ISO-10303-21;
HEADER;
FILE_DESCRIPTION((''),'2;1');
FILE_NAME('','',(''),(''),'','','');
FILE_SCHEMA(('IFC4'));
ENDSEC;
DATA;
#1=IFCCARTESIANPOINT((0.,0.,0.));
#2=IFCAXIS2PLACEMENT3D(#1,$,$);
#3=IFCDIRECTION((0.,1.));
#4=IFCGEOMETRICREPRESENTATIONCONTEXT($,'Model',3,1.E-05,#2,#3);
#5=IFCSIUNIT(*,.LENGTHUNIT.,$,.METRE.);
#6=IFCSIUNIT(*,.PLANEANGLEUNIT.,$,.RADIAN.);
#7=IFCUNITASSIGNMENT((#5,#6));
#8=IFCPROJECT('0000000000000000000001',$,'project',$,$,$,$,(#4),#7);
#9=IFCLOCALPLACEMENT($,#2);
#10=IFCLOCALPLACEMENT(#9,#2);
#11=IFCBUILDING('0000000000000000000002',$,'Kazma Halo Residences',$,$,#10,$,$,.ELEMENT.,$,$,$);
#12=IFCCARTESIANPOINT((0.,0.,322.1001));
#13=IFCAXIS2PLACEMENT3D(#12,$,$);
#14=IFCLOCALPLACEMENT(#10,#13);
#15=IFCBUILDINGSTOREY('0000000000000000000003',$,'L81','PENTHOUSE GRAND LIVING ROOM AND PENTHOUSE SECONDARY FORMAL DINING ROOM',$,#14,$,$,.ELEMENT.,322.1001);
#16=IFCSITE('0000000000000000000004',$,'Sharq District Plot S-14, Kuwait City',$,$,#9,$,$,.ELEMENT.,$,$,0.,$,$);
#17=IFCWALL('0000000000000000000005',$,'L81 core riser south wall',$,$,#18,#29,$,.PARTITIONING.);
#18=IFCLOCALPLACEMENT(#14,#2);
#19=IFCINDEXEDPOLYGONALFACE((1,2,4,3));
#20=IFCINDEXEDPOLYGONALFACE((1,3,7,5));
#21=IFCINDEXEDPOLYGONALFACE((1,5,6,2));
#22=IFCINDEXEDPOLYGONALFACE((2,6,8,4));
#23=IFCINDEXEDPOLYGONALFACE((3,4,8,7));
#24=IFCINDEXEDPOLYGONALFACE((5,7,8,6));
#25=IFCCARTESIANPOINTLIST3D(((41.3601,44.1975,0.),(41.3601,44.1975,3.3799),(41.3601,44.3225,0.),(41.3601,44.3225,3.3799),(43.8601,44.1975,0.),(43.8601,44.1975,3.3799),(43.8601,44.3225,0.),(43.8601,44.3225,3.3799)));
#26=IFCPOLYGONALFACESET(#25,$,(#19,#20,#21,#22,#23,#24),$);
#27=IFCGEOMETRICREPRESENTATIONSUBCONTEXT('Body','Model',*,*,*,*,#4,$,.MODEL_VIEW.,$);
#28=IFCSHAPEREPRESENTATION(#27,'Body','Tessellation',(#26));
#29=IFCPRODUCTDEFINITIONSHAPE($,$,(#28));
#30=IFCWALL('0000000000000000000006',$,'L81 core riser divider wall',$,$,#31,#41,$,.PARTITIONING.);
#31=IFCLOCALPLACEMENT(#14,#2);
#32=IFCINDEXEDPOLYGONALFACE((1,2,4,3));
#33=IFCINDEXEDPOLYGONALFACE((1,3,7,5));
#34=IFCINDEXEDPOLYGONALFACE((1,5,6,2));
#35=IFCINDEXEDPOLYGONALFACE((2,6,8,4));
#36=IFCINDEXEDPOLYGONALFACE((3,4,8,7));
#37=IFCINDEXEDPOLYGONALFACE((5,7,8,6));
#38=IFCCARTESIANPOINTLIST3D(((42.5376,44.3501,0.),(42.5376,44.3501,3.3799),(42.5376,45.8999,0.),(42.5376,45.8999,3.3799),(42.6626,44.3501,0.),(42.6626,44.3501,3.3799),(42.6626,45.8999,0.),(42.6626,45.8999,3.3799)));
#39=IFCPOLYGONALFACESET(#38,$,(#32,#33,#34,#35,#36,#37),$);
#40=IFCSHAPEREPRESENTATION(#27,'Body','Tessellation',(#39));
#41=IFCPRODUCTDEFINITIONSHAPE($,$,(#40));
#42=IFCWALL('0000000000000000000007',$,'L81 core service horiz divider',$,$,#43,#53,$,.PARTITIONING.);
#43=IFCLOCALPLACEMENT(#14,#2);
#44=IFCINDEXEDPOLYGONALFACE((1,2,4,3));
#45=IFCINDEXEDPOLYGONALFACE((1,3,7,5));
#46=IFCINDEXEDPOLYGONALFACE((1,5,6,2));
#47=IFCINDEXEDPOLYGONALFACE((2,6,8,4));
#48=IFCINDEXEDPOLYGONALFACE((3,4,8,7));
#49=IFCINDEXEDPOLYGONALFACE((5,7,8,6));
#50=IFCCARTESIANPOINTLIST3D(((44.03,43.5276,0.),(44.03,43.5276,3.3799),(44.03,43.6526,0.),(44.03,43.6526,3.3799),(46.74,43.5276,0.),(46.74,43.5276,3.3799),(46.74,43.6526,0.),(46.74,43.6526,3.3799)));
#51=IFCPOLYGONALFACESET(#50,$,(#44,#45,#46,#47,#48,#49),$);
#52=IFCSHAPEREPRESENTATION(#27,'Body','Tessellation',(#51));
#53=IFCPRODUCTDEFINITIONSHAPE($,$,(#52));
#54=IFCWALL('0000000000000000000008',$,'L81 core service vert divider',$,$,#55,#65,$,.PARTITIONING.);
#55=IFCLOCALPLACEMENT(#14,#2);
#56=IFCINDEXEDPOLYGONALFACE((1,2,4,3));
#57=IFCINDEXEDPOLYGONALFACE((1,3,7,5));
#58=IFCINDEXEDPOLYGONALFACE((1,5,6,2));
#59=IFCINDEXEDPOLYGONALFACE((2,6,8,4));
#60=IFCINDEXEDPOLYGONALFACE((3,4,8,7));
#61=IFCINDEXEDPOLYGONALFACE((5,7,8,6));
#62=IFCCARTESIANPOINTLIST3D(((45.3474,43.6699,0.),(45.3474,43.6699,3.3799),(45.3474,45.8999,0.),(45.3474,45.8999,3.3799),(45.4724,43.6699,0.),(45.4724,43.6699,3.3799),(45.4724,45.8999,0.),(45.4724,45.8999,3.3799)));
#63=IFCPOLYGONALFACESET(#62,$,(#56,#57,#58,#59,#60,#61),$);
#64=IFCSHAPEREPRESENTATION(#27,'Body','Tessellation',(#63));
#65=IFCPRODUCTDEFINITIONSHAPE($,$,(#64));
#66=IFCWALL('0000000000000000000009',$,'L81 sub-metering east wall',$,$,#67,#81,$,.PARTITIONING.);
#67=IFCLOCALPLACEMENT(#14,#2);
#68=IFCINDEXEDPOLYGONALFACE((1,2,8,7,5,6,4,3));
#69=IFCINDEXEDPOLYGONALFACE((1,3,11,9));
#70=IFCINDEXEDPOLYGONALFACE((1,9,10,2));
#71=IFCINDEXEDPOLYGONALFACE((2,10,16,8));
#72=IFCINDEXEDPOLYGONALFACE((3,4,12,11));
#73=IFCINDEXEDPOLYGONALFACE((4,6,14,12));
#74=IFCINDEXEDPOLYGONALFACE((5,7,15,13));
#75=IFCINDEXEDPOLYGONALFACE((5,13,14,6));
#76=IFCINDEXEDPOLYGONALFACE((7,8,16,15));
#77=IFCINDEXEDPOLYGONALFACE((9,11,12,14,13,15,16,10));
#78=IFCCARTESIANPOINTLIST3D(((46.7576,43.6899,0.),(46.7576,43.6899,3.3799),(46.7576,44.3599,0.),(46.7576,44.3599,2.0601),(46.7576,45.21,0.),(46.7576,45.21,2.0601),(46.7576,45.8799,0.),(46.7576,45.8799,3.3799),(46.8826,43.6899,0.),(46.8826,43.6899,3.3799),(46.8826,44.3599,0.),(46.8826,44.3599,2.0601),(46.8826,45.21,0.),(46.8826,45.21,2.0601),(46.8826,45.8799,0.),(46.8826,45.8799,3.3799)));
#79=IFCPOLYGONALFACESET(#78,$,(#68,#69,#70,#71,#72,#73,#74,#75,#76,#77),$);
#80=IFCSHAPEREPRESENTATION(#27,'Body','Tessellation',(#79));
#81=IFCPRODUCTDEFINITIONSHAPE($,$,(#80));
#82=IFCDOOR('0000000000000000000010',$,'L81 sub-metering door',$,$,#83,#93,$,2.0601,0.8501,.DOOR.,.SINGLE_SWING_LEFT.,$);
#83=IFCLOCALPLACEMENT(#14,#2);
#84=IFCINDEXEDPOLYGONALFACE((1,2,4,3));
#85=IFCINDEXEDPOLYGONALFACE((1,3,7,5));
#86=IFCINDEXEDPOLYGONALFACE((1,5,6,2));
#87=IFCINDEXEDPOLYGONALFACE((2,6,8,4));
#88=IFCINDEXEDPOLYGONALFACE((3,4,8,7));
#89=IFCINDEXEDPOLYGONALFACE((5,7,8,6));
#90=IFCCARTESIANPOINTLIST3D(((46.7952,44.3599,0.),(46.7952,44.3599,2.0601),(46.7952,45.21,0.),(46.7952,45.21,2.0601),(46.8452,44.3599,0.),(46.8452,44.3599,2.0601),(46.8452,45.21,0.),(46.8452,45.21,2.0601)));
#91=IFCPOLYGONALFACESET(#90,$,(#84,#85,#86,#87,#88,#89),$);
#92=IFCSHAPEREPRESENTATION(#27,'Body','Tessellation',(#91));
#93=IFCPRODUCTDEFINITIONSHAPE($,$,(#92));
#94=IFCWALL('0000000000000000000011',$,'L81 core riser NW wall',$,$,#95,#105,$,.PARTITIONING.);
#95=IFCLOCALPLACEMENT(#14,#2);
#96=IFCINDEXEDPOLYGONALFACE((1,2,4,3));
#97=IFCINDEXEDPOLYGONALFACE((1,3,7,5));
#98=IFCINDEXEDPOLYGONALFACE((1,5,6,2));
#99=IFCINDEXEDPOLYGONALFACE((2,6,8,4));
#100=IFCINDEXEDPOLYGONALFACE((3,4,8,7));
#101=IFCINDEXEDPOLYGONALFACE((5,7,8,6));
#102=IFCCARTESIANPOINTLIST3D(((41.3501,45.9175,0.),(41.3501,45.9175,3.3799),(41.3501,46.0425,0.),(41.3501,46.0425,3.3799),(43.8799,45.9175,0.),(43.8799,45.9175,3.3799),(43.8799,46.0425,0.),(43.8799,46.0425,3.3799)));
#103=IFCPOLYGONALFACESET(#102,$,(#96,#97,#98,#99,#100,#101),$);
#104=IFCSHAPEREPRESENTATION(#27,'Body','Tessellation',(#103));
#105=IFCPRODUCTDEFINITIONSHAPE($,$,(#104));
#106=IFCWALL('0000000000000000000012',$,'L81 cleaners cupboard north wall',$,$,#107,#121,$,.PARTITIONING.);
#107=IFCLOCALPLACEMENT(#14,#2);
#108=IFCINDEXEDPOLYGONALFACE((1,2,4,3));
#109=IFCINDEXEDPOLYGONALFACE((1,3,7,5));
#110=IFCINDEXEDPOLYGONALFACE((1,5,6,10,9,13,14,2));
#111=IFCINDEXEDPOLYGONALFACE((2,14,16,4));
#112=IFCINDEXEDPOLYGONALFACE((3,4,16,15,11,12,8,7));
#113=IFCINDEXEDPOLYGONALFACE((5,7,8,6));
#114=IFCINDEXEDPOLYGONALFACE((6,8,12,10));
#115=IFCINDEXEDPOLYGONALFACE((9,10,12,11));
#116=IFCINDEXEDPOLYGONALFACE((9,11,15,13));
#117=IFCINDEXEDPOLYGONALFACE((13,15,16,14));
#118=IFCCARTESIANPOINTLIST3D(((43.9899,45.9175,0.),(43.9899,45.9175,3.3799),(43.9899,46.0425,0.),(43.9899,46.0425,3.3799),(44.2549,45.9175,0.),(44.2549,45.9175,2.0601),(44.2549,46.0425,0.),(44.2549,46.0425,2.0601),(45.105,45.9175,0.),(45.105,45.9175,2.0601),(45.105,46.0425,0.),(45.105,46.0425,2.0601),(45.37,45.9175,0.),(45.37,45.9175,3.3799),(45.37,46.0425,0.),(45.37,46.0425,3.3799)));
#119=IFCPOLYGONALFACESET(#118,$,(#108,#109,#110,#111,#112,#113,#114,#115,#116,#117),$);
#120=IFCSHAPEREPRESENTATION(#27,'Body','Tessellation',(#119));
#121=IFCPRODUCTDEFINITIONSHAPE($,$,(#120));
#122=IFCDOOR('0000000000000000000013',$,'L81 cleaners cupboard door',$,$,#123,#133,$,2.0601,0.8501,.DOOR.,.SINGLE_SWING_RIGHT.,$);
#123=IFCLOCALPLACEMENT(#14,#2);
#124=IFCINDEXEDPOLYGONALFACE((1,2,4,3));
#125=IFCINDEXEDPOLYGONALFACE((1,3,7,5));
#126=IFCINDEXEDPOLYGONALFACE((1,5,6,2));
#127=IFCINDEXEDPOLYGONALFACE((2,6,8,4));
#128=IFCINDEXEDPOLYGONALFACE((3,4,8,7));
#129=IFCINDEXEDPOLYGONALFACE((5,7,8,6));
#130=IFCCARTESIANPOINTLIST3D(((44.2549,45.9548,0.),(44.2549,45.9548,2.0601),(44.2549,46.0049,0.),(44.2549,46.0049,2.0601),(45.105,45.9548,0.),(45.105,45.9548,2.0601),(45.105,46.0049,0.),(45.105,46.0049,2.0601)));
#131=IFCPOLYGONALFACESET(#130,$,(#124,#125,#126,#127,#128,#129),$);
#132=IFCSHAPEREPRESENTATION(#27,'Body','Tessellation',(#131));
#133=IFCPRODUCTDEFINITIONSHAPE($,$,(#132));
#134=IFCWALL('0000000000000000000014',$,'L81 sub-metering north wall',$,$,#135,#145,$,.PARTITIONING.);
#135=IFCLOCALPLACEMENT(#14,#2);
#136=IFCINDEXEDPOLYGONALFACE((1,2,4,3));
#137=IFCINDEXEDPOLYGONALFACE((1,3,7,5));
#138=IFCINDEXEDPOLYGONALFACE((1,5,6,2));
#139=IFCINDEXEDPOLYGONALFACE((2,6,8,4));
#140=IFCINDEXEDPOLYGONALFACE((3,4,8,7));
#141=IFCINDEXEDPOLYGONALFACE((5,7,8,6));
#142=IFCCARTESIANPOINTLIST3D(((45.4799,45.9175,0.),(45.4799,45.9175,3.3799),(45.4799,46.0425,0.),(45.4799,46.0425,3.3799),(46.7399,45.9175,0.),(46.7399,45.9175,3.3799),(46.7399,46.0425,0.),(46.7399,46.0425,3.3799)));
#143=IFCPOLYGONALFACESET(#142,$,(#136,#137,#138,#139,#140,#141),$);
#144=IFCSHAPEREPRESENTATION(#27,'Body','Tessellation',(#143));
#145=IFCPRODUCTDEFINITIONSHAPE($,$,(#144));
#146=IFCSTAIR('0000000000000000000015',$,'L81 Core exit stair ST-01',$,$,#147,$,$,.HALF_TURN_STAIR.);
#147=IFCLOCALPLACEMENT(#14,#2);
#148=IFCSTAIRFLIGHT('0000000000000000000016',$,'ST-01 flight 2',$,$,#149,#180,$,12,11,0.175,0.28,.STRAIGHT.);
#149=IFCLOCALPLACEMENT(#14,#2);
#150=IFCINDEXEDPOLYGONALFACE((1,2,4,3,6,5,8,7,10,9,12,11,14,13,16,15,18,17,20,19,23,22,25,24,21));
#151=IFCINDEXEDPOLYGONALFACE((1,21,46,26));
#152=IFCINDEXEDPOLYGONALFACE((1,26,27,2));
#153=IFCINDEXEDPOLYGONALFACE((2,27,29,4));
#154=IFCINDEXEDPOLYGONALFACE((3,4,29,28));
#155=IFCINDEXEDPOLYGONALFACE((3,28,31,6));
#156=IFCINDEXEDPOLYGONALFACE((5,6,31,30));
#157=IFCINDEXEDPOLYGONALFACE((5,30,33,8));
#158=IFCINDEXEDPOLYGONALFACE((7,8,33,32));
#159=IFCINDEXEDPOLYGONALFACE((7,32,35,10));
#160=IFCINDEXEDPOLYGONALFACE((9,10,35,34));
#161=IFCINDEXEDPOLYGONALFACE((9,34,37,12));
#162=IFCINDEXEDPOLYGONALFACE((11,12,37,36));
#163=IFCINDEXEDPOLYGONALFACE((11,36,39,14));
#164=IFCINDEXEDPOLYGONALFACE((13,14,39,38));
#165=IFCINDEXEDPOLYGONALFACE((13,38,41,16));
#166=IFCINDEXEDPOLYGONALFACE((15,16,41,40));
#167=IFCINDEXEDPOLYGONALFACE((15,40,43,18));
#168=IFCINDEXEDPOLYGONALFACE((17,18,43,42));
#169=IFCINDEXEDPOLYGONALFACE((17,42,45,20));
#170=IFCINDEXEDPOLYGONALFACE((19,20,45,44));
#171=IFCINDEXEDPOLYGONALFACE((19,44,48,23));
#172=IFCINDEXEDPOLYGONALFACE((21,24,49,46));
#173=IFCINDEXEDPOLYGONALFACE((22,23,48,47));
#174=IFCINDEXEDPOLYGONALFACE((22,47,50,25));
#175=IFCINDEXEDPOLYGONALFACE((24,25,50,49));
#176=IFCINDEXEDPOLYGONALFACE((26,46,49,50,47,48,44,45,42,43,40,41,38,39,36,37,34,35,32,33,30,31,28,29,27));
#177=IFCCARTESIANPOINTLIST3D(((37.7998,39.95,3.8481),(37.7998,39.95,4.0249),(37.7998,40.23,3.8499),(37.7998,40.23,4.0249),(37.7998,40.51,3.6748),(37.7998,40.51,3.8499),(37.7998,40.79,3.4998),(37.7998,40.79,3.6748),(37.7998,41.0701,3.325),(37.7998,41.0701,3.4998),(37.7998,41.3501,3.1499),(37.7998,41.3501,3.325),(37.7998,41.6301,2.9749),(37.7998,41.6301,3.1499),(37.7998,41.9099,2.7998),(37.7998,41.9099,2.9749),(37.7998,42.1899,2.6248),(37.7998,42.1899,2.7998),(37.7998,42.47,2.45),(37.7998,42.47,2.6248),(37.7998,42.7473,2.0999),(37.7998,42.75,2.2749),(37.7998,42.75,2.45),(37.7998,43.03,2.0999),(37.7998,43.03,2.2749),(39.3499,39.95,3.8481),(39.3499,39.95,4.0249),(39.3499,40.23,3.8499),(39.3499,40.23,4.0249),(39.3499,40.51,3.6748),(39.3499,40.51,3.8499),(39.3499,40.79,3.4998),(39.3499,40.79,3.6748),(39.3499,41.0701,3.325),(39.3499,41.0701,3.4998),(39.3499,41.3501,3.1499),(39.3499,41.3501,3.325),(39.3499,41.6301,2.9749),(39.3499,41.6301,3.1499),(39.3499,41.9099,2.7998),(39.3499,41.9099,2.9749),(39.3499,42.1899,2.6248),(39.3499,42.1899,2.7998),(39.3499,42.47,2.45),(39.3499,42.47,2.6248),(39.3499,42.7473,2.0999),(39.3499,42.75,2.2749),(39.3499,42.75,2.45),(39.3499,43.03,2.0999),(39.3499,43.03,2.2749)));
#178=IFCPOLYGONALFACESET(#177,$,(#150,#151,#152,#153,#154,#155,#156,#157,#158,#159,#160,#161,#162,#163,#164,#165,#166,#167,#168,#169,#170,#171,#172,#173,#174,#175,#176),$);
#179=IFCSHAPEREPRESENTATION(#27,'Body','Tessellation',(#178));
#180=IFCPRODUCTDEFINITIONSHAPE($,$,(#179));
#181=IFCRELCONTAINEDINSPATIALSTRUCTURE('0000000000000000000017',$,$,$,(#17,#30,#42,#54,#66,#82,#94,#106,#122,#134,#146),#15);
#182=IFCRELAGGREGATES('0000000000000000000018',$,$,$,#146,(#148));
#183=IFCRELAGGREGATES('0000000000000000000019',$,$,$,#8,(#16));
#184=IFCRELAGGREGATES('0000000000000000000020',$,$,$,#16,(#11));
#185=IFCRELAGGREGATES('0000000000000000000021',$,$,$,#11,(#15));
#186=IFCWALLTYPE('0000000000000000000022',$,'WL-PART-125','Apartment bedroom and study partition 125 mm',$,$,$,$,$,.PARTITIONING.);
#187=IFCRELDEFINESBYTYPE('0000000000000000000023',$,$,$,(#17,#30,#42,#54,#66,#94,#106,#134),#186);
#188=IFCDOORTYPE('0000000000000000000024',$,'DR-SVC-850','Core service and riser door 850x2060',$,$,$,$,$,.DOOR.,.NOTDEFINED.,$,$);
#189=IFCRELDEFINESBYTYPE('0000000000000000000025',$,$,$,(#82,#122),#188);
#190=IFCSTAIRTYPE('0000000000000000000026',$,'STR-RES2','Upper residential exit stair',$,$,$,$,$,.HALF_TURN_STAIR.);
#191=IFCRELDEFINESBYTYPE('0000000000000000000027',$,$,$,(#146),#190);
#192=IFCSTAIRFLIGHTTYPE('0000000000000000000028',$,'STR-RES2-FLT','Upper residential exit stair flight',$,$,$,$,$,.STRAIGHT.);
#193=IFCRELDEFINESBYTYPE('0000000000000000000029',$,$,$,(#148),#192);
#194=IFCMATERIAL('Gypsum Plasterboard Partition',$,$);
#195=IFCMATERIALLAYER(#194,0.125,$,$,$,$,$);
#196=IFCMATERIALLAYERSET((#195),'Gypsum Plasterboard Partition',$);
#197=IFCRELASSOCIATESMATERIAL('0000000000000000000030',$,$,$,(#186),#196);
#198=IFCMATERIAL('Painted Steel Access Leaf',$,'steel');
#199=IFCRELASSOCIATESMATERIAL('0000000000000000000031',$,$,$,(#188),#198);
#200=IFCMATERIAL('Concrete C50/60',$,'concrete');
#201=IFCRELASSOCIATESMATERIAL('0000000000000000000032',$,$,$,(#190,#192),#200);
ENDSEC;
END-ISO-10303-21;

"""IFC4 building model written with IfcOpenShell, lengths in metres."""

from ifc_helpers import new_model, si_unit, direction, frame, frame_2d, origin, place, context, subcontext, project, spatial, polyline, rectangle, outline, extrude, material, layer, layer_set, type_object, element, fill, aggregate, save


model = new_model("IFC4")

# Units and contexts
model_context = context("Model", 3, precision=1e-05, world=origin(), true_north=direction((0.0, 1.0)))
body_context = subcontext(model_context, "Body", "Model", "MODEL_VIEW")
ifc_project = project(units=[si_unit("LENGTHUNIT", "METRE"), si_unit("PLANEANGLEUNIT", "RADIAN")], contexts=[model_context])

# Site, building, storey
site_placement = place(None, origin())
site = spatial("IfcSite", under=ifc_project, at=site_placement, Name="Sharq District Plot S-14, Kuwait City", CompositionType="ELEMENT", RefElevation=0.0)
building_placement = place(site_placement, origin())
building = spatial("IfcBuilding", under=site, at=building_placement, Name="Kazma Halo Residences", CompositionType="ELEMENT")
storey_placement = place(building_placement, frame((0.0, 0.0, 322.1001)))
storey = spatial("IfcBuildingStorey", under=building, at=storey_placement, Name="L81", Description="PENTHOUSE GRAND LIVING ROOM AND PENTHOUSE SECONDARY FORMAL DINING ROOM", CompositionType="ELEMENT", Elevation=322.1001)

# Shared definitions
ifc_material_1 = material(Name="Gypsum Plasterboard Partition")
ifc_layer_1 = layer(ifc_material_1, 0.125)
ifc_layer_set_1 = layer_set([ifc_layer_1], Name="Gypsum Plasterboard Partition")
wall_type_1 = type_object("IfcWallType", Name="WL-PART-125", Description="Apartment bedroom and study partition 125 mm", PredefinedType="PARTITIONING", material=ifc_layer_set_1)

# Shared definitions
ifc_material_2 = material(Name="Painted Steel Access Leaf", Category="steel")
door_type_1 = type_object("IfcDoorType", Name="DR-SVC-850", Description="Core service and riser door 850x2060", OperationType="NOTDEFINED", PredefinedType="DOOR", material=ifc_material_2)

# Walls
wall_1_placement = place(storey_placement, frame((41.3601, 44.26, 0.0), z_axis=(0.0, 0.0, 1.0), x_axis=(1.0, 0.0, 0.0)))
element("IfcWall", 1, at=wall_1_placement, inside=storey, type_object=wall_type_1, Name="L81 core riser south wall", PredefinedType="PARTITIONING", context=body_context, shape_type="SweptSolid", body=[
    extrude(rectangle(XDim=2.5, YDim=0.125, at=frame_2d((1.25, 0.0))), origin(), (0.0, 0.0, 1.0), 3.3799),
])
wall_2_placement = place(storey_placement, frame((42.6001, 44.3501, 0.0), z_axis=(0.0, 0.0, 1.0), x_axis=(0.0, 1.0, 0.0)))
element("IfcWall", 2, at=wall_2_placement, inside=storey, type_object=wall_type_1, Name="L81 core riser divider wall", PredefinedType="PARTITIONING", context=body_context, shape_type="SweptSolid", body=[
    extrude(rectangle(XDim=1.5498, YDim=0.125, at=frame_2d((0.7749, 0.0))), origin(), (0.0, 0.0, 1.0), 3.3799),
])
wall_3_placement = place(storey_placement, frame((44.03, 43.5901, 0.0), z_axis=(0.0, 0.0, 1.0), x_axis=(1.0, 0.0, 0.0)))
element("IfcWall", 3, at=wall_3_placement, inside=storey, type_object=wall_type_1, Name="L81 core service horiz divider", PredefinedType="PARTITIONING", context=body_context, shape_type="SweptSolid", body=[
    extrude(rectangle(XDim=2.71, YDim=0.125, at=frame_2d((1.355, 0.0))), origin(), (0.0, 0.0, 1.0), 3.3799),
])
wall_4_placement = place(storey_placement, frame((45.4099, 43.6699, 0.0), z_axis=(0.0, 0.0, 1.0), x_axis=(0.0, 1.0, 0.0)))
element("IfcWall", 4, at=wall_4_placement, inside=storey, type_object=wall_type_1, Name="L81 core service vert divider", PredefinedType="PARTITIONING", context=body_context, shape_type="SweptSolid", body=[
    extrude(rectangle(XDim=2.23, YDim=0.125, at=frame_2d((1.115, 0.0))), origin(), (0.0, 0.0, 1.0), 3.3799),
])

# Wall, opening, door
wall_5_placement = place(storey_placement, frame((46.8201, 43.6899, 0.0), z_axis=(0.0, 0.0, 1.0), x_axis=(0.0, 1.0, 0.0)))
wall_5 = element("IfcWall", 5, at=wall_5_placement, inside=storey, type_object=wall_type_1, Name="L81 sub-metering east wall", PredefinedType="PARTITIONING", context=body_context, shape_type="SweptSolid", body=[
    extrude(rectangle(XDim=2.1899, YDim=0.125, at=frame_2d((1.095, 0.0))), origin(), (0.0, 0.0, 1.0), 3.3799),
])
opening_1_placement = place(wall_5_placement, frame((0.6699, 0.0, 0.0)))
opening_1 = element("IfcOpeningElement", 6, at=opening_1_placement, cuts=wall_5, PredefinedType="OPENING", context=body_context, shape_type="SweptSolid", body=[
    extrude(rectangle(XDim=0.8501, YDim=2.0601, at=frame_2d((0.425, 1.03))), frame((0.0, 0.0725, 0.0), z_axis=(0.0, -1.0, 0.0), x_axis=(1.0, 0.0, 0.0)), (0.0, 0.0, 1.0), 0.145),
])
door_1_placement = place(opening_1_placement, origin())
door_1 = element("IfcDoor", 7, at=door_1_placement, inside=storey, type_object=door_type_1, Name="L81 sub-metering door", OperationType="SINGLE_SWING_LEFT", OverallHeight=2.0601, OverallWidth=0.8501, PredefinedType="DOOR", context=body_context, shape_type="SweptSolid", body=[
    extrude(rectangle(XDim=0.8501, YDim=2.0601, at=frame_2d((0.425, 1.03))), frame((0.0, 0.0249, 0.0), z_axis=(0.0, -1.0, 0.0), x_axis=(1.0, 0.0, 0.0)), (0.0, 0.0, 1.0), 0.05),
])
fill(opening_1, door_1)

# Wall
wall_6_placement = place(storey_placement, frame((41.3501, 45.98, 0.0), z_axis=(0.0, 0.0, 1.0), x_axis=(1.0, 0.0, 0.0)))
element("IfcWall", 8, at=wall_6_placement, inside=storey, type_object=wall_type_1, Name="L81 core riser NW wall", PredefinedType="PARTITIONING", context=body_context, shape_type="SweptSolid", body=[
    extrude(rectangle(XDim=2.5298, YDim=0.125, at=frame_2d((1.2649, 0.0))), origin(), (0.0, 0.0, 1.0), 3.3799),
])

# Wall, opening, door
wall_7_placement = place(storey_placement, frame((43.99, 45.98, 0.0), z_axis=(0.0, 0.0, 1.0), x_axis=(1.0, 0.0, 0.0)))
wall_7 = element("IfcWall", 9, at=wall_7_placement, inside=storey, type_object=wall_type_1, Name="L81 cleaners cupboard north wall", PredefinedType="PARTITIONING", context=body_context, shape_type="SweptSolid", body=[
    extrude(rectangle(XDim=1.3801, YDim=0.125, at=frame_2d((0.6899, 0.0))), origin(), (0.0, 0.0, 1.0), 3.3799),
])
opening_2_placement = place(wall_7_placement, frame((0.2649, 0.0, 0.0)))
opening_2 = element("IfcOpeningElement", 10, at=opening_2_placement, cuts=wall_7, PredefinedType="OPENING", context=body_context, shape_type="SweptSolid", body=[
    extrude(rectangle(XDim=0.8501, YDim=2.0601, at=frame_2d((0.425, 1.03))), frame((0.0, 0.0725, 0.0), z_axis=(0.0, -1.0, 0.0), x_axis=(1.0, 0.0, 0.0)), (0.0, 0.0, 1.0), 0.145),
])
door_2_placement = place(opening_2_placement, origin())
door_2 = element("IfcDoor", 11, at=door_2_placement, inside=storey, type_object=door_type_1, Name="L81 cleaners cupboard door", OperationType="SINGLE_SWING_RIGHT", OverallHeight=2.0601, OverallWidth=0.8501, PredefinedType="DOOR", context=body_context, shape_type="SweptSolid", body=[
    extrude(rectangle(XDim=0.8501, YDim=2.0601, at=frame_2d((0.425, 1.03))), frame((0.0, 0.0249, 0.0), z_axis=(0.0, -1.0, 0.0), x_axis=(1.0, 0.0, 0.0)), (0.0, 0.0, 1.0), 0.05),
])
fill(opening_2, door_2)

# Wall
wall_8_placement = place(storey_placement, frame((45.48, 45.98, 0.0), z_axis=(0.0, 0.0, 1.0), x_axis=(1.0, 0.0, 0.0)))
element("IfcWall", 12, at=wall_8_placement, inside=storey, type_object=wall_type_1, Name="L81 sub-metering north wall", PredefinedType="PARTITIONING", context=body_context, shape_type="SweptSolid", body=[
    extrude(rectangle(XDim=1.26, YDim=0.125, at=frame_2d((0.6299, 0.0))), origin(), (0.0, 0.0, 1.0), 3.3799),
])

# Stair, stair flight
ifc_material_3 = material(Name="Concrete C50/60", Category="concrete")
stair_type = type_object("IfcStairType", Name="STR-RES2", Description="Upper residential exit stair", PredefinedType="HALF_TURN_STAIR", material=ifc_material_3)
stair_placement = place(storey_placement, origin())
stair = element("IfcStair", 13, at=stair_placement, inside=storey, type_object=stair_type, Name="L81 Core exit stair ST-01", PredefinedType="HALF_TURN_STAIR")
stair_flight_type = type_object("IfcStairFlightType", Name="STR-RES2-FLT", Description="Upper residential exit stair flight", PredefinedType="STRAIGHT", material=ifc_material_3)
stair_flight_placement = place(storey_placement, frame((38.575, 43.03, 2.0999), z_axis=(0.0, 0.0, 1.0), x_axis=(0.0, -1.0, 0.0)))
stair_flight = element("IfcStairFlight", 14, at=stair_flight_placement, type_object=stair_flight_type, Name="ST-01 flight 2", NumberOfRisers=12, NumberOfTreads=11, PredefinedType="STRAIGHT", RiserHeight=0.175, TreadLength=0.28, context=body_context, shape_type="SweptSolid", body=[
    extrude(outline(polyline([(0.0, 0.0), (0.0, 0.175), (0.28, 0.175), (0.28, 0.3501), (0.5601, 0.3501), (0.5601, 0.5249), (0.8401, 0.5249), (0.8401, 0.7), (1.1201, 0.7), (1.1201, 0.875), (1.3999, 0.875), (1.3999, 1.05), (1.6799, 1.05), (1.6799, 1.2251), (1.96, 1.2251), (1.96, 1.3999), (2.24, 1.3999), (2.24, 1.575), (2.52, 1.575), (2.52, 1.75), (2.8, 1.75), (2.8, 1.925), (3.0801, 1.925), (3.0801, 2.1001), (3.0801, 1.7483), (0.2827, 0.0), (0.0, 0.0)])), frame((0.0, 0.7749, 0.0), z_axis=(0.0, -1.0, 0.0), x_axis=(1.0, 0.0, 0.0)), (0.0, 0.0, 1.0), 1.55),
])
aggregate(stair, [stair_flight])

save(model, "model.ifc")
